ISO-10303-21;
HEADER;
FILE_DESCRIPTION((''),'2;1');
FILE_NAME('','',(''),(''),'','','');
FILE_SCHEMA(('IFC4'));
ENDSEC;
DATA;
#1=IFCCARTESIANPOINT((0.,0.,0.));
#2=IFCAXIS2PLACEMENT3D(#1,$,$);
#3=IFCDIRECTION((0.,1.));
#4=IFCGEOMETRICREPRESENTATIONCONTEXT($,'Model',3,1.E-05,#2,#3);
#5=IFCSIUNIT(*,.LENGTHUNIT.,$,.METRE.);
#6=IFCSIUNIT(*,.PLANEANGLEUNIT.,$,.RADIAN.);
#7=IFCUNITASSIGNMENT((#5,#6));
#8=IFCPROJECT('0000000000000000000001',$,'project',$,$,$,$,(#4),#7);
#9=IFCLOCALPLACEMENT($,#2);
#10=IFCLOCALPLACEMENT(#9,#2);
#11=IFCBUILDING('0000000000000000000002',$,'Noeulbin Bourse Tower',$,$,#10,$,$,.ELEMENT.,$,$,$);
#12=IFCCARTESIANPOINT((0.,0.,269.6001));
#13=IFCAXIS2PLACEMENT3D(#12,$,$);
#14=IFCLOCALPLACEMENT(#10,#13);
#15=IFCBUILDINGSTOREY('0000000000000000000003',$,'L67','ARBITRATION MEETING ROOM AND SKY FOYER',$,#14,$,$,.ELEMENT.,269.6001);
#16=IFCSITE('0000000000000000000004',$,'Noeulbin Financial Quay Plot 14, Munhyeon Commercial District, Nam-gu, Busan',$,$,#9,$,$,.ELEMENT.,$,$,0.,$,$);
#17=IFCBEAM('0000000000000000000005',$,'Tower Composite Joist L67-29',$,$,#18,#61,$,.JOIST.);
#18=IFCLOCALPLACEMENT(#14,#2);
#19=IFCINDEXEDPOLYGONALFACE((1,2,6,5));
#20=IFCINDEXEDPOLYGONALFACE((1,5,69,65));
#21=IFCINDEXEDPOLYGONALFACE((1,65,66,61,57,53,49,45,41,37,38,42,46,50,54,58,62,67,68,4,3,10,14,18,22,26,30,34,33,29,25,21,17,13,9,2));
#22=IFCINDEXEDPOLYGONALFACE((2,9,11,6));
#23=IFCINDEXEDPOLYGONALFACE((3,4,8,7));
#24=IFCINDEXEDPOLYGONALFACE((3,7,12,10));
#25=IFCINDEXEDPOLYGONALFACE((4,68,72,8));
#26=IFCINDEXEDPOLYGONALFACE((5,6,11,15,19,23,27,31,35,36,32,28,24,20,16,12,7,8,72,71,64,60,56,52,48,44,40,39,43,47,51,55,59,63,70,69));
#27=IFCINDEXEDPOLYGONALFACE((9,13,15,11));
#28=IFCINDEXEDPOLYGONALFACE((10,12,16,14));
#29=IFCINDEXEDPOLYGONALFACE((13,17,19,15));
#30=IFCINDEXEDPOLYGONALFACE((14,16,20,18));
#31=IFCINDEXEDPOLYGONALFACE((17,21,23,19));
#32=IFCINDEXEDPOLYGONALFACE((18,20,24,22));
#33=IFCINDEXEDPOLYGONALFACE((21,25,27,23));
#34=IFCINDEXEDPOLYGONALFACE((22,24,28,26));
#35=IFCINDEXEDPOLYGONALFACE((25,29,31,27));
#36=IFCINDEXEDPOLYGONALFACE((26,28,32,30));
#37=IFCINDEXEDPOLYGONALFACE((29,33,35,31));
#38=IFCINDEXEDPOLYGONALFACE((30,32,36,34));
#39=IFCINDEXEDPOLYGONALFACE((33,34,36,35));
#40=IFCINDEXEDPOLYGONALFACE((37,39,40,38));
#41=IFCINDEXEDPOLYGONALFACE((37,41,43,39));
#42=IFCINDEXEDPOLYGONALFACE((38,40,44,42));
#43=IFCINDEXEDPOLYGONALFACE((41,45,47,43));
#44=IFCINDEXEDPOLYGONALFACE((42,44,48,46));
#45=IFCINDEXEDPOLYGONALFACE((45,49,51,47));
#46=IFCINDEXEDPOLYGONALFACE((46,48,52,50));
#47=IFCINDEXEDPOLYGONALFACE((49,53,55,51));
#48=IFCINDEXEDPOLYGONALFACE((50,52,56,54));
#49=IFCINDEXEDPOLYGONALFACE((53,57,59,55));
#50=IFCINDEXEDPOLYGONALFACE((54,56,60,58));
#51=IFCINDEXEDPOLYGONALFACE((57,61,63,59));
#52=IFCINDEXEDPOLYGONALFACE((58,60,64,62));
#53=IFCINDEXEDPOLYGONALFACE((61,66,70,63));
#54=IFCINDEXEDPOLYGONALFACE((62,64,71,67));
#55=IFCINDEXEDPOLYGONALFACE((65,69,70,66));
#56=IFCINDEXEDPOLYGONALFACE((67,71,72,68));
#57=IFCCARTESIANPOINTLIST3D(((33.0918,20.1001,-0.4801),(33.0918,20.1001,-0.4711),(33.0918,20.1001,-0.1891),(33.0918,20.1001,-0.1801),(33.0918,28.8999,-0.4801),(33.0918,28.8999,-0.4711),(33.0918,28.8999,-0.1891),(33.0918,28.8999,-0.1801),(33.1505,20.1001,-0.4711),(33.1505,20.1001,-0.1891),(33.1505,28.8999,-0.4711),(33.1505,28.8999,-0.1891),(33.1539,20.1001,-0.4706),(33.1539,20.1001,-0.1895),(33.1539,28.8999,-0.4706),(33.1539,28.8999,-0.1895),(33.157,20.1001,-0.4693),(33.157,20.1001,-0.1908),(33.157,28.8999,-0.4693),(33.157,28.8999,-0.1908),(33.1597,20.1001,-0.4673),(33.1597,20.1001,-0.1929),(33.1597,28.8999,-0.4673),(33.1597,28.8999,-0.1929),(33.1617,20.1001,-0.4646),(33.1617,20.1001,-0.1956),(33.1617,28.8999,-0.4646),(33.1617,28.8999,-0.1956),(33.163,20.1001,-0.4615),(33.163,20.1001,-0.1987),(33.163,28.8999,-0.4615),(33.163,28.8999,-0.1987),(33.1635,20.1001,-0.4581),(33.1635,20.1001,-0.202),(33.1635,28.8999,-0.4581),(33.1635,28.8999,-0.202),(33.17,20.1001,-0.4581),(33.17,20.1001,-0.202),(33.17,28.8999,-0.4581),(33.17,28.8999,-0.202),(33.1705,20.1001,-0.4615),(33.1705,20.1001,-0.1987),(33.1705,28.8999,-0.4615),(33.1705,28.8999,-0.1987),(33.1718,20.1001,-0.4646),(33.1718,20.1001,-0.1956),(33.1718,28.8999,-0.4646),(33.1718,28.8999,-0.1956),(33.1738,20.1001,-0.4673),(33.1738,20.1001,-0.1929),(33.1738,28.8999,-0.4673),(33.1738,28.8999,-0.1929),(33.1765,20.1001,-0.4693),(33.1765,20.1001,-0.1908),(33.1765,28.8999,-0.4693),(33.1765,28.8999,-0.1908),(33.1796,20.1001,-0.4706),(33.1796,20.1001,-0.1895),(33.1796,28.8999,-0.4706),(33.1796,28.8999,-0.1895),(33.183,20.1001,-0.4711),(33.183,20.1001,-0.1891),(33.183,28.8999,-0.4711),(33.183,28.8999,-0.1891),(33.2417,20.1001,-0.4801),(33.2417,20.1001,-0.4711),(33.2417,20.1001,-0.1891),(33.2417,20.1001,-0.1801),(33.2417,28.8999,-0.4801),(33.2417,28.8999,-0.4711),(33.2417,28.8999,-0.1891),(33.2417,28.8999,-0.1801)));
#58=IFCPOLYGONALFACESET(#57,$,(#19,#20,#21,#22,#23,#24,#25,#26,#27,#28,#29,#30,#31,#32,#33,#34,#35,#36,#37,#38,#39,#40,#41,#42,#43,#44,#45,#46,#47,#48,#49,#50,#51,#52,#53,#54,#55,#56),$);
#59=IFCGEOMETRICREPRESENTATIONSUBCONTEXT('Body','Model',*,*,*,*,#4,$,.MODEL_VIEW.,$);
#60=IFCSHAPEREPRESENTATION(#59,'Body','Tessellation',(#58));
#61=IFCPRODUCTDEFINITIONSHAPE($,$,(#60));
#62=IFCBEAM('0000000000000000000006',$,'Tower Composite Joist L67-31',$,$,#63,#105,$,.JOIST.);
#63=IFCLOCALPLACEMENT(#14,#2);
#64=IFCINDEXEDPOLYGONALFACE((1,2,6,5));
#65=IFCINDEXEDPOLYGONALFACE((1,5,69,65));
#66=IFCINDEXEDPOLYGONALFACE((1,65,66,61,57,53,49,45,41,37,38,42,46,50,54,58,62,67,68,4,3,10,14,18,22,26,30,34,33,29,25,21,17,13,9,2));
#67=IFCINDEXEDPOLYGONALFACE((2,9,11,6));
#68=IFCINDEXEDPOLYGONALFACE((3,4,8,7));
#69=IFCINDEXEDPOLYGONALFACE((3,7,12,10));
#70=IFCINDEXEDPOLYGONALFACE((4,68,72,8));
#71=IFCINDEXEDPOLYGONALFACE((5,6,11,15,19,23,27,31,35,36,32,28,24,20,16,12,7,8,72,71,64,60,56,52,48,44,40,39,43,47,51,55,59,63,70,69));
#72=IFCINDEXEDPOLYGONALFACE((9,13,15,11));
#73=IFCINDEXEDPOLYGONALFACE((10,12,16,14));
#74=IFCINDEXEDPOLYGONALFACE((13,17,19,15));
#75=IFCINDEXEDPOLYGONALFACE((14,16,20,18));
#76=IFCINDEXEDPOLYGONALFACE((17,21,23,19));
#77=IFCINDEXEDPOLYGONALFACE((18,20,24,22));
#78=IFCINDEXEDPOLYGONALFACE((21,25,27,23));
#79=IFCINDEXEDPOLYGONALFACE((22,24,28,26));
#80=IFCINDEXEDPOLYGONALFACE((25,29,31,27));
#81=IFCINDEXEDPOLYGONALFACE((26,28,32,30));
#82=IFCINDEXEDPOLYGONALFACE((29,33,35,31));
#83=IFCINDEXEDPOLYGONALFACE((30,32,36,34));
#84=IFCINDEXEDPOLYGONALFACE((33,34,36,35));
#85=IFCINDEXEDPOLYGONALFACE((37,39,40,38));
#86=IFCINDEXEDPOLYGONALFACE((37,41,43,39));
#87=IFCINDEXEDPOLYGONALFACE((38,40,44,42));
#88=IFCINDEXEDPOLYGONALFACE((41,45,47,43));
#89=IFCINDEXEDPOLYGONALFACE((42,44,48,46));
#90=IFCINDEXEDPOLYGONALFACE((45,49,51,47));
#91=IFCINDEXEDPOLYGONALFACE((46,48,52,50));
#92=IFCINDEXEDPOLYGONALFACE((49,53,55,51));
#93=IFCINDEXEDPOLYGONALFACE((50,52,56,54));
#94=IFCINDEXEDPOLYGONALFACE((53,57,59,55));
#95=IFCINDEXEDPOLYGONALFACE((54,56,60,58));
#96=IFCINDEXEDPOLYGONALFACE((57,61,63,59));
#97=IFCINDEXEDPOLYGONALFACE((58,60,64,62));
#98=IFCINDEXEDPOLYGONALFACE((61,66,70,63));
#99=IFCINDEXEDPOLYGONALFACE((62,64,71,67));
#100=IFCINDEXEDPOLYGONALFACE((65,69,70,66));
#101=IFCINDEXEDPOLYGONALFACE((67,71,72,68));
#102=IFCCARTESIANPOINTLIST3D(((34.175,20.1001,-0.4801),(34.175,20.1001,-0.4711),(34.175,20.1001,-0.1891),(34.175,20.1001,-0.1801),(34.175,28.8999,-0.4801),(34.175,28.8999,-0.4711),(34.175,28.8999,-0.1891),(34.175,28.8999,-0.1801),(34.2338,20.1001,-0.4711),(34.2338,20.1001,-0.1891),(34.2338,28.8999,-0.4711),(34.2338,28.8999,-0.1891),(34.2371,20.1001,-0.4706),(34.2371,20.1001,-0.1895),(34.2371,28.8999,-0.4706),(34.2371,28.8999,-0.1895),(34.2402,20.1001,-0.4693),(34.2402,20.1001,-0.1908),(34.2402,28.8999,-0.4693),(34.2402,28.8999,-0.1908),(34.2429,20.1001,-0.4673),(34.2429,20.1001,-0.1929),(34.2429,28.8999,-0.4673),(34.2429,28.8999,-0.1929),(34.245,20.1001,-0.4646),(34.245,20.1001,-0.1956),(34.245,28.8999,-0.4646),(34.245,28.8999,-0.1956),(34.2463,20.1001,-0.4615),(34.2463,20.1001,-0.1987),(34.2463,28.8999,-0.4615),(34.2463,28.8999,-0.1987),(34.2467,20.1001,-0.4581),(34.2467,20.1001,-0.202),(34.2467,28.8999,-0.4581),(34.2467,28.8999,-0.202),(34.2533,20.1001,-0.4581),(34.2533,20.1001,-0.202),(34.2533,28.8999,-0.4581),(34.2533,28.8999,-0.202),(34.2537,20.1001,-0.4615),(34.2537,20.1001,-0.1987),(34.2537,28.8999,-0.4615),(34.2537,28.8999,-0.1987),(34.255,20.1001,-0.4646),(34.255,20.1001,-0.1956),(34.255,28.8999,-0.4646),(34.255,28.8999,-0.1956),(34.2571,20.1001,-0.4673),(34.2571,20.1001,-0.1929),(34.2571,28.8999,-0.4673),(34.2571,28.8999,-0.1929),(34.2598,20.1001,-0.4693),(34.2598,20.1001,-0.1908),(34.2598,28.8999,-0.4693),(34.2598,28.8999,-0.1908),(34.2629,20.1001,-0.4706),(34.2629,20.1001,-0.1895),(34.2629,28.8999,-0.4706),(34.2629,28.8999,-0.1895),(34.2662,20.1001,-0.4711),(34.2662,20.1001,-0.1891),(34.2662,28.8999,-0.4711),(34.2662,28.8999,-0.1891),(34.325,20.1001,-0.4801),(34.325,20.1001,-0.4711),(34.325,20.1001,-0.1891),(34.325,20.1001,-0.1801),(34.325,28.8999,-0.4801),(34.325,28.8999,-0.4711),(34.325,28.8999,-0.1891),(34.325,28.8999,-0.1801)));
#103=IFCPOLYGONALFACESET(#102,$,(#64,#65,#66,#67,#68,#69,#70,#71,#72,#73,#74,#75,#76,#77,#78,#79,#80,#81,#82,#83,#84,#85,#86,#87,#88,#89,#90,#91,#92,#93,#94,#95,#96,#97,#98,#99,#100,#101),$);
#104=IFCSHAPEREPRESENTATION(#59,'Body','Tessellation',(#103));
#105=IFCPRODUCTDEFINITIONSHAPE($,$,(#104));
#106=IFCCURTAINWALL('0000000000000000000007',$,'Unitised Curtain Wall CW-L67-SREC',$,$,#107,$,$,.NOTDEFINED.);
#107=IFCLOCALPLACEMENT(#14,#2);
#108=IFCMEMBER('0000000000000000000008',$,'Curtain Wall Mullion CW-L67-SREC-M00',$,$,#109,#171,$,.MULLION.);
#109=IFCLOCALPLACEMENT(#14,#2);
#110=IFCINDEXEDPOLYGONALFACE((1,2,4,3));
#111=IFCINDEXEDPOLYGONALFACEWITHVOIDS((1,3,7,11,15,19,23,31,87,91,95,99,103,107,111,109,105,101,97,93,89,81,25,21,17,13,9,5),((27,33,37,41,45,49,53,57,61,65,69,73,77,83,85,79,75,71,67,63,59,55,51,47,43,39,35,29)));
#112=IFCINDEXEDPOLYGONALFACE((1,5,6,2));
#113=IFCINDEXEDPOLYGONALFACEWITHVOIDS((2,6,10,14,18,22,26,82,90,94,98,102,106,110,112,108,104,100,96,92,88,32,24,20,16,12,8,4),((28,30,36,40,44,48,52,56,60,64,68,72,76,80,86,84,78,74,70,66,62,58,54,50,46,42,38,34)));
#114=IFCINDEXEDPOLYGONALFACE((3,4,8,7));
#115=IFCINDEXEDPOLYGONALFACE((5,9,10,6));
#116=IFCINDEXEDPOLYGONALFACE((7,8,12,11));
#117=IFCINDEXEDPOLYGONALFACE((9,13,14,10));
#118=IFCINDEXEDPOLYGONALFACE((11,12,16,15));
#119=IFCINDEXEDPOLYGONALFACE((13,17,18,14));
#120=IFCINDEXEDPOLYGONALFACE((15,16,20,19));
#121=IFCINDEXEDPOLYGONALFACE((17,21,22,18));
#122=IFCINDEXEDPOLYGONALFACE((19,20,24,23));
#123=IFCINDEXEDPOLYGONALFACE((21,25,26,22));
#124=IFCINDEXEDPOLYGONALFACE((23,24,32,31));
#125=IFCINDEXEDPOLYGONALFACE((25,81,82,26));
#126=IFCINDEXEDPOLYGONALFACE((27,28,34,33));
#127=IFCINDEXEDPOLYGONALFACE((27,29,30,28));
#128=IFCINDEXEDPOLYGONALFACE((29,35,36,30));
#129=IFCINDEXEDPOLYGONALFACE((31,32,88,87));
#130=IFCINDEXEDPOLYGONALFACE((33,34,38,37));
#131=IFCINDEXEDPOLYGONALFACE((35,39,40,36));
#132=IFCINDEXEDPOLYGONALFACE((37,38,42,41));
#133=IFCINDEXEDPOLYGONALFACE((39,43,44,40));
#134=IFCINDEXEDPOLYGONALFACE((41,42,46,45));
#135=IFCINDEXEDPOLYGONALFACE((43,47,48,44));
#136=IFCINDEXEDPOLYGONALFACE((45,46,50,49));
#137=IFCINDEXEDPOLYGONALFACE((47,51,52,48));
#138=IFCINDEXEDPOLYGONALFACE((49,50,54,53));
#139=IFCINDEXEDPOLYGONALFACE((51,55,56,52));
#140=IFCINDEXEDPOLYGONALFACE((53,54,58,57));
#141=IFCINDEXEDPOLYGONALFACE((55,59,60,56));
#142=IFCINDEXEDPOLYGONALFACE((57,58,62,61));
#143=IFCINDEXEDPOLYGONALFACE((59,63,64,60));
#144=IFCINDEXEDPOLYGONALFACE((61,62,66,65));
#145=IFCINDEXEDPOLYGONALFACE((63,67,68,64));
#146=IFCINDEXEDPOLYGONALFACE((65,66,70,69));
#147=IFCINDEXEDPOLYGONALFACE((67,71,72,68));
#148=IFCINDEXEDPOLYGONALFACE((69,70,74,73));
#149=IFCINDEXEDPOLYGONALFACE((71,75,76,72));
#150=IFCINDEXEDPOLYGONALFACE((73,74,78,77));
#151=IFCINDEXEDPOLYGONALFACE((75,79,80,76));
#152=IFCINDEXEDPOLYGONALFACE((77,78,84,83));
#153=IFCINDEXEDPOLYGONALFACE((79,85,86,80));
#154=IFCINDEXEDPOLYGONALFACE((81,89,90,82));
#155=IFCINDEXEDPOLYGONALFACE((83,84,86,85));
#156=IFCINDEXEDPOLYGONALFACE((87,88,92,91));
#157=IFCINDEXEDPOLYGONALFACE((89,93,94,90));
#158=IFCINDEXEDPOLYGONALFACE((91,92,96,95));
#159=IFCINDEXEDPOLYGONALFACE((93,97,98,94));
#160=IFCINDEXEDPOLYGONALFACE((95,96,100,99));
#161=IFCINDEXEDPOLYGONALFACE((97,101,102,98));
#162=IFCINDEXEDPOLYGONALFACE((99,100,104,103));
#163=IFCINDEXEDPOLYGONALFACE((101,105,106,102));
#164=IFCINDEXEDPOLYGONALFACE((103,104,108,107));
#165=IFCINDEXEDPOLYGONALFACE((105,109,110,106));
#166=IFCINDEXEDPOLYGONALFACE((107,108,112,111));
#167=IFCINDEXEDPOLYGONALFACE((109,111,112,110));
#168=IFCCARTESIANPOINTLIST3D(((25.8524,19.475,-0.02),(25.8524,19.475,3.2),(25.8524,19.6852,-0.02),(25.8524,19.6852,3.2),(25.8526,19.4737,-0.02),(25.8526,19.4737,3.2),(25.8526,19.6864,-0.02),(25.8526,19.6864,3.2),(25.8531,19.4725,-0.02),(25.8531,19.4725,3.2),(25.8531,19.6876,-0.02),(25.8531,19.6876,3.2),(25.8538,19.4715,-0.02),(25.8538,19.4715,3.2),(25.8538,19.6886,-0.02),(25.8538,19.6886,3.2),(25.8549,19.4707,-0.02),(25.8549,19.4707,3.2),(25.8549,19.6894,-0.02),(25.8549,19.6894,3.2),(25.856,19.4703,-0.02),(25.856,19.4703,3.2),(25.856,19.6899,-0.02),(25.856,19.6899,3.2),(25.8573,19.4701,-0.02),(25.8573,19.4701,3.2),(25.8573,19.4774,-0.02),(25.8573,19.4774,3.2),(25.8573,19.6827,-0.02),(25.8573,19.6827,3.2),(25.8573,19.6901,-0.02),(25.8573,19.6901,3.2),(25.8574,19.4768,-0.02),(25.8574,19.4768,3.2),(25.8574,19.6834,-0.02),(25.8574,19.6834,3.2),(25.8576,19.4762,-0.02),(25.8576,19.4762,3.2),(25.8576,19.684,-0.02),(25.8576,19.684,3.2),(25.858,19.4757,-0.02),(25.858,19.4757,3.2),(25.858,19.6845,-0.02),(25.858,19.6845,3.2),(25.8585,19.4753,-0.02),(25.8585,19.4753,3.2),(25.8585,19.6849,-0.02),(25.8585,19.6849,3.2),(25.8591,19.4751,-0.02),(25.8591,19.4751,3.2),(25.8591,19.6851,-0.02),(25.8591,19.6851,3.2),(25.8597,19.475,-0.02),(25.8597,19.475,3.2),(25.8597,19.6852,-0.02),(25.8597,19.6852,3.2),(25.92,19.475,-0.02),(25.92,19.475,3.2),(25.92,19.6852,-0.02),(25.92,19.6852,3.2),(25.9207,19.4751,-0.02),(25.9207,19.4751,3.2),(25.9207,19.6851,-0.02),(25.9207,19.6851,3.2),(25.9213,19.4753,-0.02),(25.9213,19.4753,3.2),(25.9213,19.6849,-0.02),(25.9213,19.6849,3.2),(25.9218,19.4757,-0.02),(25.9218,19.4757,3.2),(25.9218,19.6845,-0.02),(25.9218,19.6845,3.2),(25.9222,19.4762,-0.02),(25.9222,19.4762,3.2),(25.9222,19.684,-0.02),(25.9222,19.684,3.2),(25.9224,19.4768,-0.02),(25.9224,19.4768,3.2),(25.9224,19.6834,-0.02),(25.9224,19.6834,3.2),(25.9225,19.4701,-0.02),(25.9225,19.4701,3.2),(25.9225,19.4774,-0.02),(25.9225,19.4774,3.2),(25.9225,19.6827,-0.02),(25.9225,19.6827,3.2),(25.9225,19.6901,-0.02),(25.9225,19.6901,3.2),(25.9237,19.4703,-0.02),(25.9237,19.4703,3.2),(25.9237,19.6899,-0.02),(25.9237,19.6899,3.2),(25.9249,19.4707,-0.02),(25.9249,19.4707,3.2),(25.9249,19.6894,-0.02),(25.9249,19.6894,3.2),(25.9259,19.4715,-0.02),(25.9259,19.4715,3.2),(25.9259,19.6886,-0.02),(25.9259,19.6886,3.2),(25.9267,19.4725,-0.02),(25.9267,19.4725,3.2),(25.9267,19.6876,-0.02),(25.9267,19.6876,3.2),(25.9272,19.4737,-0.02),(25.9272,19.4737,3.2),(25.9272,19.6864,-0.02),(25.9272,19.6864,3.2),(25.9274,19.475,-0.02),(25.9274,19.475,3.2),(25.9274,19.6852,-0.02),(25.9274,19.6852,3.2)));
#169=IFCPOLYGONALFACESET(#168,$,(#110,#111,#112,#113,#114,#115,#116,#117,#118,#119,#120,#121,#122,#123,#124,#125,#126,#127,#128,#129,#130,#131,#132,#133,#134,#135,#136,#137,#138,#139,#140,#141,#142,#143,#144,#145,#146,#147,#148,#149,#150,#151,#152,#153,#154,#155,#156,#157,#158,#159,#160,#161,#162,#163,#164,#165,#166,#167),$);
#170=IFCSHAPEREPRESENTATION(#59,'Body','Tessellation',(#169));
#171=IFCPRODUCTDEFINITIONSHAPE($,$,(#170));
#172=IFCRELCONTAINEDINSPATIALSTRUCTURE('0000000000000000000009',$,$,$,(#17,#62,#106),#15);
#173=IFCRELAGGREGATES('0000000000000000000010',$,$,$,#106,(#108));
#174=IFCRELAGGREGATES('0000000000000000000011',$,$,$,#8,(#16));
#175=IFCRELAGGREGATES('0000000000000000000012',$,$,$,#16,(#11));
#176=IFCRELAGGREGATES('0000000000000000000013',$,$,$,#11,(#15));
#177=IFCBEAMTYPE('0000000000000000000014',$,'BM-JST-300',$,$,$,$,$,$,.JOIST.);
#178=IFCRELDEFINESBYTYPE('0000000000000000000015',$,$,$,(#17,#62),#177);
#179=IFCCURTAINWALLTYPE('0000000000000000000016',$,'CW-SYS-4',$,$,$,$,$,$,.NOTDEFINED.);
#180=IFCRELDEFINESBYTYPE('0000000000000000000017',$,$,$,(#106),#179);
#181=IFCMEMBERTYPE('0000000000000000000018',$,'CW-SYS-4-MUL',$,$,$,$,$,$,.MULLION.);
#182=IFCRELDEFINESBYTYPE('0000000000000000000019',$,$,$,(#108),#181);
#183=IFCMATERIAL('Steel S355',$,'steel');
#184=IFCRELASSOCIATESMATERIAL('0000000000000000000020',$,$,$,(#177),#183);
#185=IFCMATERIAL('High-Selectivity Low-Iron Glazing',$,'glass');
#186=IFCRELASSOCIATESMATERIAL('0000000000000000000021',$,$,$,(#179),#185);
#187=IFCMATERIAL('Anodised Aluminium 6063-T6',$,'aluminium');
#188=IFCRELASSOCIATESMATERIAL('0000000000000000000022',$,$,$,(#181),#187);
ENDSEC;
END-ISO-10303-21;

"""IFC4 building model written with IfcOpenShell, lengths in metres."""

from ifc_helpers import new_model, si_unit, direction, frame, origin, origin_2d, place, context, subcontext, project, spatial, hollow_rectangle, i_section, extrude, material, material_profile, profile_set, type_object, element, aggregate, save


model = new_model("IFC4")

# Units and contexts
model_context = context("Model", 3, precision=1e-05, world=origin(), true_north=direction((0.0, 1.0)))
body_context = subcontext(model_context, "Body", "Model", "MODEL_VIEW")
ifc_project = project(units=[si_unit("LENGTHUNIT", "METRE"), si_unit("PLANEANGLEUNIT", "RADIAN")], contexts=[model_context])

# Site, building, storey
site_placement = place(None, origin())
site = spatial("IfcSite", under=ifc_project, at=site_placement, Name="Noeulbin Financial Quay Plot 14, Munhyeon Commercial District, Nam-gu, Busan", CompositionType="ELEMENT", RefElevation=0.0)
building_placement = place(site_placement, origin())
building = spatial("IfcBuilding", under=site, at=building_placement, Name="Noeulbin Bourse Tower", CompositionType="ELEMENT")
storey_placement = place(building_placement, frame((0.0, 0.0, 269.6001)))
storey = spatial("IfcBuildingStorey", under=building, at=storey_placement, Name="L67", Description="ARBITRATION MEETING ROOM AND SKY FOYER", CompositionType="ELEMENT", Elevation=269.6001)

# Shared definitions
ifc_material_1 = material(Name="Steel S355", Category="steel")

# Beams
ifc_material_profile_1 = material_profile(ifc_material_1, i_section(OverallWidth=0.1499, OverallDepth=0.3, WebThickness=0.0066, FlangeThickness=0.009, FilletRadius=0.0129, at=origin_2d()), Name="H-300x150x6.5x9", Category="LoadBearing")
ifc_profile_set_1 = profile_set([ifc_material_profile_1], Name="Steel S355")
beam_type_1 = type_object("IfcBeamType", Name="BM-JST-300", PredefinedType="JOIST", material=ifc_profile_set_1)
for number, where, z_axis, x_axis, name in (
    (1, (33.1667, 20.1001, -0.3301), (0.0, 1.0, 0.0), (-1.0, 0.0, 0.0), "Tower Composite Joist L67-29"),
    (2, (34.25, 20.1001, -0.3301), (0.0, 1.0, 0.0), (-1.0, 0.0, 0.0), "Tower Composite Joist L67-31"),
):
    element("IfcBeam", number, at=place(storey_placement, frame(where, z_axis=z_axis, x_axis=x_axis)), inside=storey, type_object=beam_type_1, Name=name, PredefinedType="JOIST", context=body_context, shape_type="SweptSolid", body=[
        extrude(i_section(OverallWidth=0.1499, OverallDepth=0.3, WebThickness=0.0066, FlangeThickness=0.009, FilletRadius=0.0129, at=origin_2d()), origin(), (0.0, 0.0, 1.0), 8.7998),
    ])

# Curtain wall, member
ifc_material_2 = material(Name="High-Selectivity Low-Iron Glazing", Category="glass")
curtain_wall_type = type_object("IfcCurtainWallType", Name="CW-SYS-4", PredefinedType="NOTDEFINED", material=ifc_material_2)
curtain_wall_1_placement = place(storey_placement, origin())
curtain_wall_1 = element("IfcCurtainWall", 3, at=curtain_wall_1_placement, inside=storey, type_object=curtain_wall_type, Name="Unitised Curtain Wall CW-L67-SREC", PredefinedType="NOTDEFINED")
ifc_material_3 = material(Name="Anodised Aluminium 6063-T6", Category="aluminium")
ifc_material_profile_2 = material_profile(ifc_material_3, hollow_rectangle(XDim=0.075, YDim=0.22, WallThickness=0.0049, InnerFilletRadius=0.0024, OuterFilletRadius=0.0049, at=origin_2d()), Name="ALU-MULL-75x220x5", Category="LoadBearing")
ifc_profile_set_2 = profile_set([ifc_material_profile_2], Name="Anodised Aluminium 6063-T6")
member_type_1 = type_object("IfcMemberType", Name="CW-SYS-4-MUL", PredefinedType="MULLION", material=ifc_profile_set_2)
member_1_placement = place(storey_placement, frame((25.8899, 19.5801, -0.02), z_axis=(0.0, 0.0, 1.0), x_axis=(1.0, 0.0, 0.0)))
member_1 = element("IfcMember", 4, at=member_1_placement, type_object=member_type_1, Name="Curtain Wall Mullion CW-L67-SREC-M00", PredefinedType="MULLION", context=body_context, shape_type="SweptSolid", body=[
    extrude(hollow_rectangle(XDim=0.075, YDim=0.22, WallThickness=0.0049, InnerFilletRadius=0.0024, OuterFilletRadius=0.0049, at=origin_2d()), origin(), (0.0, 0.0, 1.0), 3.22),
])

aggregate(curtain_wall_1, [member_1])

save(model, "model.ifc")
